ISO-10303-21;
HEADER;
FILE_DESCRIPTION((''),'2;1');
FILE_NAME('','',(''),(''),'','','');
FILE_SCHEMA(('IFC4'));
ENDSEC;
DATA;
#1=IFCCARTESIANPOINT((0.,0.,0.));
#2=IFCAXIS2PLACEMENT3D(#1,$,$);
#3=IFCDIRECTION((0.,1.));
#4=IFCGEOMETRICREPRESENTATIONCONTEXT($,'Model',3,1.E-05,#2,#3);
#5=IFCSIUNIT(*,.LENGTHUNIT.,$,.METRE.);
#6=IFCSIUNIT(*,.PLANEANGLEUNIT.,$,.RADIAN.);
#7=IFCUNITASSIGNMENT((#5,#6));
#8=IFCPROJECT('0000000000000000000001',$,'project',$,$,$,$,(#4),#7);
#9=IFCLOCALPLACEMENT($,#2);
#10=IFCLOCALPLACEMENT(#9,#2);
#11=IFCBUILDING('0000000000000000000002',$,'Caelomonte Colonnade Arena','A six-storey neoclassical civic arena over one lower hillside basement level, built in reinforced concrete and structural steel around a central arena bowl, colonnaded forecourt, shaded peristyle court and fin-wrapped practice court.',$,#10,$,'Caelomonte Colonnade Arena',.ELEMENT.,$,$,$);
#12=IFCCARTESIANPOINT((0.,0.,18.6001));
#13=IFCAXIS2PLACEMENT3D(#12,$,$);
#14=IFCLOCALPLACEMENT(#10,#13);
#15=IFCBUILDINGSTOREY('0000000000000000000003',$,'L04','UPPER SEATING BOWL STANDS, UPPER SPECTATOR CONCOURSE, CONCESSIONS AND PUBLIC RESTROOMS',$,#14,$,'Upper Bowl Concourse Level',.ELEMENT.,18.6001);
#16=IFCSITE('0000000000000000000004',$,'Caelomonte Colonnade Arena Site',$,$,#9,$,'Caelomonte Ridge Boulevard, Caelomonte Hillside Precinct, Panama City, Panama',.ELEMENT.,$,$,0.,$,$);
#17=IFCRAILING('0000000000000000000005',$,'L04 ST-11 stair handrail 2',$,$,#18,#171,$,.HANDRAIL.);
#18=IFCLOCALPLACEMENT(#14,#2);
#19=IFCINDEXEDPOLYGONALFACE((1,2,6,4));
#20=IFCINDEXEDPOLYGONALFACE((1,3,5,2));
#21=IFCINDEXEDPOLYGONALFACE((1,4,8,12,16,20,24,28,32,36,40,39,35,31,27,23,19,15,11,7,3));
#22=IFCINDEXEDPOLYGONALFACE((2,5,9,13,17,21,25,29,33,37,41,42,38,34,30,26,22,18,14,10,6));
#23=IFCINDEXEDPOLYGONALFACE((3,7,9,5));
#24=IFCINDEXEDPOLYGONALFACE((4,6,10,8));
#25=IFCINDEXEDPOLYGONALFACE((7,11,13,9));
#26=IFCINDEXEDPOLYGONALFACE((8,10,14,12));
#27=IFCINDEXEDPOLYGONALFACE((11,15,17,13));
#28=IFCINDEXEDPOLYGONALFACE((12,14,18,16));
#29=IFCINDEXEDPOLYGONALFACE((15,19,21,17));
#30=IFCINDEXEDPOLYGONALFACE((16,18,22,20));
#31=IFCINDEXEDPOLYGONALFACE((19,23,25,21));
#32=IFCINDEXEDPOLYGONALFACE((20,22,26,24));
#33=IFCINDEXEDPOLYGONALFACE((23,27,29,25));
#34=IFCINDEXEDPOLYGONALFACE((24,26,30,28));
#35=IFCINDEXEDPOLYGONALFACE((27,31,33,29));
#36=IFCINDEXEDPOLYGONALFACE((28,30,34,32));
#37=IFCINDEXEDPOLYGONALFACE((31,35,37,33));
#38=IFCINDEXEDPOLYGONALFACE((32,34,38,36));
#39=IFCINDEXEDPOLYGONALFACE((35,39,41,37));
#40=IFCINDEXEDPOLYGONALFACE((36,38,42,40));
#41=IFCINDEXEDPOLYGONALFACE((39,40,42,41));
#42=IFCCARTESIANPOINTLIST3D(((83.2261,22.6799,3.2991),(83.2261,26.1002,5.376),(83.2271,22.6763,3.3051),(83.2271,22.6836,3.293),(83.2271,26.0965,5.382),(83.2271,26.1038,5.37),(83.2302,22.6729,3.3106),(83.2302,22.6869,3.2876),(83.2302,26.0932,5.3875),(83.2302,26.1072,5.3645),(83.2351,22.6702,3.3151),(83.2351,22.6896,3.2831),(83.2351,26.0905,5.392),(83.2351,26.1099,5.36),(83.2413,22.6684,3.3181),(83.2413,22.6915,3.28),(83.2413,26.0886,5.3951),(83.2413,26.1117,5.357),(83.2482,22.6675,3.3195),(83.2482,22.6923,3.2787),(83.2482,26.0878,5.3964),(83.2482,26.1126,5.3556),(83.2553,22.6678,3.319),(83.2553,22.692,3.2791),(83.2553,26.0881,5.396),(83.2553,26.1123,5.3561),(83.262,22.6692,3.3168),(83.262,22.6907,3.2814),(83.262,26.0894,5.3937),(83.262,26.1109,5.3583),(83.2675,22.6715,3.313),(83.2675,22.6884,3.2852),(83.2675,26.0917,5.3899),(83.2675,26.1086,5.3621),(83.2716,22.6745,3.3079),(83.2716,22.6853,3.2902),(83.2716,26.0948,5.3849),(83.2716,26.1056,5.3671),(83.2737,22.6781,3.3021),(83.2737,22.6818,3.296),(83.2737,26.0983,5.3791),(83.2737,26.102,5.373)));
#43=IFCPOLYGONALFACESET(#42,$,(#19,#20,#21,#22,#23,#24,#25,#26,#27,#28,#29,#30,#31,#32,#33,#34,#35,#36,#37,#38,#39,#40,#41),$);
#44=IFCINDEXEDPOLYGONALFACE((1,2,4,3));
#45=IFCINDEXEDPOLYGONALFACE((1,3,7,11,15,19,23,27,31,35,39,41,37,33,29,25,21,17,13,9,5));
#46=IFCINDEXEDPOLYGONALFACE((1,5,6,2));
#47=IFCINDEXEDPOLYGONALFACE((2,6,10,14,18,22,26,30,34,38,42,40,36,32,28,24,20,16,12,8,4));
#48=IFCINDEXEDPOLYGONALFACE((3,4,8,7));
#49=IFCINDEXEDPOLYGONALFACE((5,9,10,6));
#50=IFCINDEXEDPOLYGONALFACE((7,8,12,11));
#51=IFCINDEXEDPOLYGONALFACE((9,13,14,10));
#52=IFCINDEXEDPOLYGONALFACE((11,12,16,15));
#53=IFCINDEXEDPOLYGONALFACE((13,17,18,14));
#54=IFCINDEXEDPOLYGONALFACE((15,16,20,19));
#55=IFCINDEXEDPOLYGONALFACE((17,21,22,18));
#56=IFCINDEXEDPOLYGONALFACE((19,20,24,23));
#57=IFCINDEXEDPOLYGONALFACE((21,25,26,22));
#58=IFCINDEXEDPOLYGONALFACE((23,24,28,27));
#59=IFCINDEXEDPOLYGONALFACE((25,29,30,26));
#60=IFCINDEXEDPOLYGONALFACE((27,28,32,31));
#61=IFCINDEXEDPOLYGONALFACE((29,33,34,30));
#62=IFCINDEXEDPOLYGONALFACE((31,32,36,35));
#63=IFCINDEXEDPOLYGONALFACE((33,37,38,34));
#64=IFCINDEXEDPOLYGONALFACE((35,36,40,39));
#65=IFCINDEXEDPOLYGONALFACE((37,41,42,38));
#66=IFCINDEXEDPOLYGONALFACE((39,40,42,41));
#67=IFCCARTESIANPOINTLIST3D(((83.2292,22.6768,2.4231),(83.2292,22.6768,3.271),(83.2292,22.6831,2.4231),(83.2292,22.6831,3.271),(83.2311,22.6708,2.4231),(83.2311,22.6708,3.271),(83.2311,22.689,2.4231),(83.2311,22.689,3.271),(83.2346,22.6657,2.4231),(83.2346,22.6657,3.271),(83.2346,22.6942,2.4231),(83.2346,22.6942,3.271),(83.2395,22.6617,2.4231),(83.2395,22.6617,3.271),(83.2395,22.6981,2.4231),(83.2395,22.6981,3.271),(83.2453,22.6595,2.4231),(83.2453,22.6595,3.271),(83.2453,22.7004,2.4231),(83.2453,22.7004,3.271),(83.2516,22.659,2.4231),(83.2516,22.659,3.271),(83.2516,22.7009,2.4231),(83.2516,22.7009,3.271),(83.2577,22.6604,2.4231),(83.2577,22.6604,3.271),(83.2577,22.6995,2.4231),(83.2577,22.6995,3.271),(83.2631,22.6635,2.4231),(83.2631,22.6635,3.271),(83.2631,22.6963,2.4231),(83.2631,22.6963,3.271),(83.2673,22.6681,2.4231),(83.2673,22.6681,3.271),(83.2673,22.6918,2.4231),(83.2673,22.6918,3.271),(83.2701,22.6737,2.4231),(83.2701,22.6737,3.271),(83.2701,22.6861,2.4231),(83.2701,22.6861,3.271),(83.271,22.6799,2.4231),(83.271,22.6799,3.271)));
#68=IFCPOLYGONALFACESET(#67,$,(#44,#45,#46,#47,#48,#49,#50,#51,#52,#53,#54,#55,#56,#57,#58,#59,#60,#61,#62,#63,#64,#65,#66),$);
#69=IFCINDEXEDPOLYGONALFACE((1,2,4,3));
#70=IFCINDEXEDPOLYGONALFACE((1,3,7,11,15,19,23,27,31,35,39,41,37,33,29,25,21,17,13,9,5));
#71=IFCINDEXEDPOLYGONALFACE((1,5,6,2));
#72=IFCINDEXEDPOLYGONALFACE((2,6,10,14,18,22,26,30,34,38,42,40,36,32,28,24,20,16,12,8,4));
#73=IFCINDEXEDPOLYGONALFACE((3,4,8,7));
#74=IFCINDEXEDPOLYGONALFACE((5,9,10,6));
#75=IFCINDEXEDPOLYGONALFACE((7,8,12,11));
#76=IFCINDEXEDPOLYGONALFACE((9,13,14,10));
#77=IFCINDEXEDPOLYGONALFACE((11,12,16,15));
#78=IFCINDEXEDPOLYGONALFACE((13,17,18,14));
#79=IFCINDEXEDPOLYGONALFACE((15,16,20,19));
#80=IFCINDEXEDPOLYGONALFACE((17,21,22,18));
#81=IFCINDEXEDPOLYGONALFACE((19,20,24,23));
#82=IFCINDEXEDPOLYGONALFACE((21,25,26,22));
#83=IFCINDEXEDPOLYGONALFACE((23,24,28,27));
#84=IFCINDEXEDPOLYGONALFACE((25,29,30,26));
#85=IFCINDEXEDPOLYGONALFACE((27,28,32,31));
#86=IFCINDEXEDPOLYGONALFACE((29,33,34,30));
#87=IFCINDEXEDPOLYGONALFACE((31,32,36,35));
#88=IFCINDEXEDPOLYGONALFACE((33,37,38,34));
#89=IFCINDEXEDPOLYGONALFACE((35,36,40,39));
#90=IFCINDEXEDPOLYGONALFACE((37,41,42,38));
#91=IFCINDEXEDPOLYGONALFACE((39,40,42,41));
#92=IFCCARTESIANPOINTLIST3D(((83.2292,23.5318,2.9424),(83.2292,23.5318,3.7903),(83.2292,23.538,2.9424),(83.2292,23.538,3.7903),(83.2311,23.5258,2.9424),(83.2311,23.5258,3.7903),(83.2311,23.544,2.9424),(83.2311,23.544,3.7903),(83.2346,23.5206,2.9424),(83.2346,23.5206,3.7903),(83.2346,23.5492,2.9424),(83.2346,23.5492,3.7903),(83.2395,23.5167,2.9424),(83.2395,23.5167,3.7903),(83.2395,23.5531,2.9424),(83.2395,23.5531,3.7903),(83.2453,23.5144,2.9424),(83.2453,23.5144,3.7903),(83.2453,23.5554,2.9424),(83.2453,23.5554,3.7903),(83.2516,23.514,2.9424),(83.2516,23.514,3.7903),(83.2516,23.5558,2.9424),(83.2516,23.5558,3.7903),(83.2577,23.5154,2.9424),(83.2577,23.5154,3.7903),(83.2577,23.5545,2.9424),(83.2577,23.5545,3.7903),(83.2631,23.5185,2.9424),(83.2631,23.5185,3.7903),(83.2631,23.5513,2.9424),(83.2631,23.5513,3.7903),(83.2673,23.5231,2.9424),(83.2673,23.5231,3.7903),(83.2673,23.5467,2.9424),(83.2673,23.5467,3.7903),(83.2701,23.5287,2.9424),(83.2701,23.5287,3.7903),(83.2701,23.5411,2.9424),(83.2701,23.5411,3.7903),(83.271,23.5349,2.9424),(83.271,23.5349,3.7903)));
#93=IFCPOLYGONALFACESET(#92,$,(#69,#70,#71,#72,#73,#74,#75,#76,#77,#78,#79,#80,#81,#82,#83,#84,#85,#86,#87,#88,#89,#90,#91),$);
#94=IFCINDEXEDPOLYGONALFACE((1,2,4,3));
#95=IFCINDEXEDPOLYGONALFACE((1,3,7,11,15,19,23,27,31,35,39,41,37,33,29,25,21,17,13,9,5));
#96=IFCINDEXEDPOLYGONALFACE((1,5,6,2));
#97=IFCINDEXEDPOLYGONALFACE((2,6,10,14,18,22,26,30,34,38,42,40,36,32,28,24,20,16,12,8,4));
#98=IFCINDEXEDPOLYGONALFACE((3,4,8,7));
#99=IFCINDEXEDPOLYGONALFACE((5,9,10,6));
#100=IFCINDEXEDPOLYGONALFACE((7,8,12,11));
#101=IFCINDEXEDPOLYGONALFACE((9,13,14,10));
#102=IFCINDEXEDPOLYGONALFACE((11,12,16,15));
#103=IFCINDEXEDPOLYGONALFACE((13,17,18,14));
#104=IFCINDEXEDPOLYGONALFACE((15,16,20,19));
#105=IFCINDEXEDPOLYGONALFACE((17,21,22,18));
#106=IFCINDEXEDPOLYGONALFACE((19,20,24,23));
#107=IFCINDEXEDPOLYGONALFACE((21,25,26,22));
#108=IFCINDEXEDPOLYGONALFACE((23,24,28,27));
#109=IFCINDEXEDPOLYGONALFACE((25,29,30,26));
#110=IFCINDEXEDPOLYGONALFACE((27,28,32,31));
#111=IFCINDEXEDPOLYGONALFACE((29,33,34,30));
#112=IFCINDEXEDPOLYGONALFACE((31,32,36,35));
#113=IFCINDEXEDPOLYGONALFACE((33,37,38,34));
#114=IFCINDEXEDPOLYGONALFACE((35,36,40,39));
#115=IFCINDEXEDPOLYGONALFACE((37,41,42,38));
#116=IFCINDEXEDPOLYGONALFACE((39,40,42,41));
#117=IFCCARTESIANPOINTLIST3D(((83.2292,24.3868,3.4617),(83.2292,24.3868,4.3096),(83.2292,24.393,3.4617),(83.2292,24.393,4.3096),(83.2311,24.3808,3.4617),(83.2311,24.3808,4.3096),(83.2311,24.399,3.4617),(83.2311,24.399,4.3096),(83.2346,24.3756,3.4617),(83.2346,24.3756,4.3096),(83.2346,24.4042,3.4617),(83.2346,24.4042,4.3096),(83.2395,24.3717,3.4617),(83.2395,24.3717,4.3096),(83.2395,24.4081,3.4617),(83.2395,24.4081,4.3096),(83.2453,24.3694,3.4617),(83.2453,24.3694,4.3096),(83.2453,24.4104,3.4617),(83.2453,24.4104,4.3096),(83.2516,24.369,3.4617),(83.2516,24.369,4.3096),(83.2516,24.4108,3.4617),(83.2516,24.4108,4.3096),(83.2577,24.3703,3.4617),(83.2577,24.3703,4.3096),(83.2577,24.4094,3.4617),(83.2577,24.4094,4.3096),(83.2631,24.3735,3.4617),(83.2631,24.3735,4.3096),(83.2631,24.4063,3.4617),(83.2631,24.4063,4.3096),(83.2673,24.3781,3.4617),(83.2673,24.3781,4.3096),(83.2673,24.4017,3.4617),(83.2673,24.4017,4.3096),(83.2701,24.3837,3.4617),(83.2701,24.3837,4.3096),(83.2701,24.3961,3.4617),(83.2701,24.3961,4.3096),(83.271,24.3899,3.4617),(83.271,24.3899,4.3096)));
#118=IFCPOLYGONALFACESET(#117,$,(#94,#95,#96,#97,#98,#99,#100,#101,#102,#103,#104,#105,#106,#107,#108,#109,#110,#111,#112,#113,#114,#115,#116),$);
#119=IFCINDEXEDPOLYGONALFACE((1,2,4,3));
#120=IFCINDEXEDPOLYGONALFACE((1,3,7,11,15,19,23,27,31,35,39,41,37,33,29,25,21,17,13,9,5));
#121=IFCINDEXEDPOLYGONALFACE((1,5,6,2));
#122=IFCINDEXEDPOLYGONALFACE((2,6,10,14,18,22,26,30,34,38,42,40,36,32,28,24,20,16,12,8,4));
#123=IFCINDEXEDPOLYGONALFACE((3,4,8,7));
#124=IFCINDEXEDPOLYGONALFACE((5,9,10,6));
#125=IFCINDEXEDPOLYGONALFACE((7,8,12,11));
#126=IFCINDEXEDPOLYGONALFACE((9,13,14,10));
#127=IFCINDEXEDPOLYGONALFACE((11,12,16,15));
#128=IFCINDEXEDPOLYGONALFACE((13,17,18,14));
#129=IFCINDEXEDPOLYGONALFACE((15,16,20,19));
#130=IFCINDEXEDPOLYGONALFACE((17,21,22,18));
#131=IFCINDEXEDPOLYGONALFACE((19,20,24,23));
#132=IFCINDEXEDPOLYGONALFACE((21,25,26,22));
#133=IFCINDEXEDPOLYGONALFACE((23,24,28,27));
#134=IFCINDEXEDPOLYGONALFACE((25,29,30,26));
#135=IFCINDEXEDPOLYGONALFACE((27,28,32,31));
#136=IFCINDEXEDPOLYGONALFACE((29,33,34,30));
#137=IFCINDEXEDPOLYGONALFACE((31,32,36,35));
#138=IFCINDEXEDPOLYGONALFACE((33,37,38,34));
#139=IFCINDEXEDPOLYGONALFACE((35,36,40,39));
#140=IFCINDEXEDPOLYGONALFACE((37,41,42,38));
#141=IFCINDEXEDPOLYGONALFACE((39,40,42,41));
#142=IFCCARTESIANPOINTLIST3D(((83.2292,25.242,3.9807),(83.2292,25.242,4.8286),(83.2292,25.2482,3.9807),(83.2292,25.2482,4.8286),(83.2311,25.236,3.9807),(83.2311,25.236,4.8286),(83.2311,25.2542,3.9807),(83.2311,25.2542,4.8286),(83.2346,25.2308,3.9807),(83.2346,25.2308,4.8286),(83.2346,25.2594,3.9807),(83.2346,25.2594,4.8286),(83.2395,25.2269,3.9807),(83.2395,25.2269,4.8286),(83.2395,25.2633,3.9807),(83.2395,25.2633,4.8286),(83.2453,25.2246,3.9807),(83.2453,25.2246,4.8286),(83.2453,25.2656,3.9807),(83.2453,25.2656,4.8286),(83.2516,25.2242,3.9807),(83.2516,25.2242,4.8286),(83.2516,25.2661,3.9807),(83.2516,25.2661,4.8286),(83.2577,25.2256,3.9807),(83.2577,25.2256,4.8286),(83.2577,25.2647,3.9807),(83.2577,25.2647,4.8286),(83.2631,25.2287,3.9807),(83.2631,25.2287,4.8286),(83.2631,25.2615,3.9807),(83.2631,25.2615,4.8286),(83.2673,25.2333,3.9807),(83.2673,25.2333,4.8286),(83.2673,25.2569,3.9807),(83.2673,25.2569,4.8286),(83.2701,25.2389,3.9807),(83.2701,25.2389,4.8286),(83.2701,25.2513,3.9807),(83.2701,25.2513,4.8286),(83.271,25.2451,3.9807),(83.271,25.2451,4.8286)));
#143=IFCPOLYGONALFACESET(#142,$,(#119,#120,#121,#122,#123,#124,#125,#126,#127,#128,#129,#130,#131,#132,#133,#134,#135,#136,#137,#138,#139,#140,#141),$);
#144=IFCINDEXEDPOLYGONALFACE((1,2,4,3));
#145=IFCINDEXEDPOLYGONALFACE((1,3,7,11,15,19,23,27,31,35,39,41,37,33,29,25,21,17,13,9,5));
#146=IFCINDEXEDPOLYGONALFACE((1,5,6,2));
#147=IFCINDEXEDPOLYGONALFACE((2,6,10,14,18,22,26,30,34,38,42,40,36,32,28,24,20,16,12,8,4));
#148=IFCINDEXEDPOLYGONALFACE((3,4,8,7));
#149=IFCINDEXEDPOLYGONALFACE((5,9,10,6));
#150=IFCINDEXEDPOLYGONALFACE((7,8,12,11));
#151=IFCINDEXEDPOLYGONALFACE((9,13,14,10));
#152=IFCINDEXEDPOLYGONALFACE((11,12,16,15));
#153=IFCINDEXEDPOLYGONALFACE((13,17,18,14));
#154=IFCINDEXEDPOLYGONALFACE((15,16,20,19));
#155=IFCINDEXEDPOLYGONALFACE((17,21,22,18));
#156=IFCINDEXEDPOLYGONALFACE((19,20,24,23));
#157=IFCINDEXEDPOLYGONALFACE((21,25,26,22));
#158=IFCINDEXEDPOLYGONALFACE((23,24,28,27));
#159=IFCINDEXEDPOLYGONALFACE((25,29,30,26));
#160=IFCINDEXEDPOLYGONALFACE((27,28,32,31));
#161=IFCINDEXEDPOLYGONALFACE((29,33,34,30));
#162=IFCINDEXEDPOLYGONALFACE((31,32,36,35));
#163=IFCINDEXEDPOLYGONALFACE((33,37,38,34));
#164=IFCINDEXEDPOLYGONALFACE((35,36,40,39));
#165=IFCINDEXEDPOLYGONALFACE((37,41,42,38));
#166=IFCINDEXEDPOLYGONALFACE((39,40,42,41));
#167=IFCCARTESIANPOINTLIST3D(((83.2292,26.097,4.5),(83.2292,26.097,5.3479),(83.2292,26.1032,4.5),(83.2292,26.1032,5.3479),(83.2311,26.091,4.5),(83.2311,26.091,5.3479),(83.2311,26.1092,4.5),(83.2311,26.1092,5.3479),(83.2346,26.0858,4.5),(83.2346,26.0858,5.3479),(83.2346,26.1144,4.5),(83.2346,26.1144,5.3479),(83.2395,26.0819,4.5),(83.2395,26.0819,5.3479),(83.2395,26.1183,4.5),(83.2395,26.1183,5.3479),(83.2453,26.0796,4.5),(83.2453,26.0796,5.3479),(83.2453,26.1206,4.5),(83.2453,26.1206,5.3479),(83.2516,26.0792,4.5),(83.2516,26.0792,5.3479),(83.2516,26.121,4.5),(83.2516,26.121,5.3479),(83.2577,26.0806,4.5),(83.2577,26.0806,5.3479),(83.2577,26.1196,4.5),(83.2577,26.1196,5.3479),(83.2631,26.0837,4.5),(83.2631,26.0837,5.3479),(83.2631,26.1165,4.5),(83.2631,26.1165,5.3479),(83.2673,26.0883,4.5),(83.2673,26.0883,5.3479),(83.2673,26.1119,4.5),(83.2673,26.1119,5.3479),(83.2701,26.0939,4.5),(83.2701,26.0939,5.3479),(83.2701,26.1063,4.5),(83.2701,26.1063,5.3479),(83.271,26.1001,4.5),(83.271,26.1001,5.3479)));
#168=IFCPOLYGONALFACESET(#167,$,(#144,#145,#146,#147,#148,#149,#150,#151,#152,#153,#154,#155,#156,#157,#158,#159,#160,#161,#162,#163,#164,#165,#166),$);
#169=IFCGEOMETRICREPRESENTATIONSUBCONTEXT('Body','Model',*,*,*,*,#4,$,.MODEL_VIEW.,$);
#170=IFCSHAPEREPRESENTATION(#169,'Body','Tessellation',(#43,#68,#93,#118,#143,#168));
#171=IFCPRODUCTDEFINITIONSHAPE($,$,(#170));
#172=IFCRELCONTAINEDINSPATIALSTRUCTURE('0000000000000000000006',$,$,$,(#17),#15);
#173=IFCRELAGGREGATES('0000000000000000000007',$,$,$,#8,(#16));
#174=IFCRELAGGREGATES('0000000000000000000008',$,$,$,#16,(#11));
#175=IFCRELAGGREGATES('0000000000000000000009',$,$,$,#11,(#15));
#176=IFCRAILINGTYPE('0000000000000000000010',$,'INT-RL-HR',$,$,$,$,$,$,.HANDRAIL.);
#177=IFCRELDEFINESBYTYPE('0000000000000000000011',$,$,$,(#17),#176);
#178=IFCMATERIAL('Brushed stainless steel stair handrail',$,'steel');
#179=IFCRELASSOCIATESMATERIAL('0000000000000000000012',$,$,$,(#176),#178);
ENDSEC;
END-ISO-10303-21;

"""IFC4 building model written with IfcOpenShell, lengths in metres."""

from ifc_helpers import new_model, si_unit, direction, frame, origin, origin_2d, place, context, subcontext, project, spatial, circle, extrude, material, type_object, element, save


model = new_model("IFC4")

# Units and contexts
model_context = context("Model", 3, precision=1e-05, world=origin(), true_north=direction((0.0, 1.0)))
body_context = subcontext(model_context, "Body", "Model", "MODEL_VIEW")
ifc_project = project(units=[si_unit("LENGTHUNIT", "METRE"), si_unit("PLANEANGLEUNIT", "RADIAN")], contexts=[model_context])

# Site, building, storey
site_placement = place(None, origin())
site = spatial("IfcSite", under=ifc_project, at=site_placement, Name="Caelomonte Colonnade Arena Site", LongName="Caelomonte Ridge Boulevard, Caelomonte Hillside Precinct, Panama City, Panama", CompositionType="ELEMENT", RefElevation=0.0)
building_placement = place(site_placement, origin())
building = spatial("IfcBuilding", under=site, at=building_placement, Name="Caelomonte Colonnade Arena", Description="A six-storey neoclassical civic arena over one lower hillside basement level, built in reinforced concrete and structural steel around a central arena bowl, colonnaded forecourt, shaded peristyle court and fin-wrapped practice court.", LongName="Caelomonte Colonnade Arena", CompositionType="ELEMENT")
storey_placement = place(building_placement, frame((0.0, 0.0, 18.6001)))
storey = spatial("IfcBuildingStorey", under=building, at=storey_placement, Name="L04", Description="UPPER SEATING BOWL STANDS, UPPER SPECTATOR CONCOURSE, CONCESSIONS AND PUBLIC RESTROOMS", LongName="Upper Bowl Concourse Level", CompositionType="ELEMENT", Elevation=18.6001)

# Railing
ifc_material_1 = material(Name="Brushed stainless steel stair handrail", Category="steel")
railing_type_1 = type_object("IfcRailingType", Name="INT-RL-HR", PredefinedType="HANDRAIL", material=ifc_material_1)
railing_1_placement = place(storey_placement, frame((83.25, 22.6799, 2.4231)))
element("IfcRailing", 1, at=railing_1_placement, inside=storey, type_object=railing_type_1, Name="L04 ST-11 stair handrail 2", PredefinedType="HANDRAIL", context=body_context, shape_type="SweptSolid", body=[
    extrude(circle(Radius=0.0239, at=origin_2d()), frame((0.0, 0.0, 0.876), z_axis=(0.0, 0.854746, 0.519047), x_axis=(-1.0, 0.0, 0.0)), (0.0, 0.0, 1.0), 4.0015),
    extrude(circle(Radius=0.021, at=origin_2d()), origin(), (0.0, 0.0, 1.0), 0.8479),
    extrude(circle(Radius=0.021, at=origin_2d()), frame((0.0, 0.855, 0.5193)), (0.0, 0.0, 1.0), 0.8479),
    extrude(circle(Radius=0.021, at=origin_2d()), frame((0.0, 1.71, 1.0386)), (0.0, 0.0, 1.0), 0.8479),
    extrude(circle(Radius=0.021, at=origin_2d()), frame((0.0, 2.5652, 1.5576)), (0.0, 0.0, 1.0), 0.8479),
    extrude(circle(Radius=0.021, at=origin_2d()), frame((0.0, 3.4202, 2.0769)), (0.0, 0.0, 1.0), 0.8479),
])

save(model, "model.ifc")
